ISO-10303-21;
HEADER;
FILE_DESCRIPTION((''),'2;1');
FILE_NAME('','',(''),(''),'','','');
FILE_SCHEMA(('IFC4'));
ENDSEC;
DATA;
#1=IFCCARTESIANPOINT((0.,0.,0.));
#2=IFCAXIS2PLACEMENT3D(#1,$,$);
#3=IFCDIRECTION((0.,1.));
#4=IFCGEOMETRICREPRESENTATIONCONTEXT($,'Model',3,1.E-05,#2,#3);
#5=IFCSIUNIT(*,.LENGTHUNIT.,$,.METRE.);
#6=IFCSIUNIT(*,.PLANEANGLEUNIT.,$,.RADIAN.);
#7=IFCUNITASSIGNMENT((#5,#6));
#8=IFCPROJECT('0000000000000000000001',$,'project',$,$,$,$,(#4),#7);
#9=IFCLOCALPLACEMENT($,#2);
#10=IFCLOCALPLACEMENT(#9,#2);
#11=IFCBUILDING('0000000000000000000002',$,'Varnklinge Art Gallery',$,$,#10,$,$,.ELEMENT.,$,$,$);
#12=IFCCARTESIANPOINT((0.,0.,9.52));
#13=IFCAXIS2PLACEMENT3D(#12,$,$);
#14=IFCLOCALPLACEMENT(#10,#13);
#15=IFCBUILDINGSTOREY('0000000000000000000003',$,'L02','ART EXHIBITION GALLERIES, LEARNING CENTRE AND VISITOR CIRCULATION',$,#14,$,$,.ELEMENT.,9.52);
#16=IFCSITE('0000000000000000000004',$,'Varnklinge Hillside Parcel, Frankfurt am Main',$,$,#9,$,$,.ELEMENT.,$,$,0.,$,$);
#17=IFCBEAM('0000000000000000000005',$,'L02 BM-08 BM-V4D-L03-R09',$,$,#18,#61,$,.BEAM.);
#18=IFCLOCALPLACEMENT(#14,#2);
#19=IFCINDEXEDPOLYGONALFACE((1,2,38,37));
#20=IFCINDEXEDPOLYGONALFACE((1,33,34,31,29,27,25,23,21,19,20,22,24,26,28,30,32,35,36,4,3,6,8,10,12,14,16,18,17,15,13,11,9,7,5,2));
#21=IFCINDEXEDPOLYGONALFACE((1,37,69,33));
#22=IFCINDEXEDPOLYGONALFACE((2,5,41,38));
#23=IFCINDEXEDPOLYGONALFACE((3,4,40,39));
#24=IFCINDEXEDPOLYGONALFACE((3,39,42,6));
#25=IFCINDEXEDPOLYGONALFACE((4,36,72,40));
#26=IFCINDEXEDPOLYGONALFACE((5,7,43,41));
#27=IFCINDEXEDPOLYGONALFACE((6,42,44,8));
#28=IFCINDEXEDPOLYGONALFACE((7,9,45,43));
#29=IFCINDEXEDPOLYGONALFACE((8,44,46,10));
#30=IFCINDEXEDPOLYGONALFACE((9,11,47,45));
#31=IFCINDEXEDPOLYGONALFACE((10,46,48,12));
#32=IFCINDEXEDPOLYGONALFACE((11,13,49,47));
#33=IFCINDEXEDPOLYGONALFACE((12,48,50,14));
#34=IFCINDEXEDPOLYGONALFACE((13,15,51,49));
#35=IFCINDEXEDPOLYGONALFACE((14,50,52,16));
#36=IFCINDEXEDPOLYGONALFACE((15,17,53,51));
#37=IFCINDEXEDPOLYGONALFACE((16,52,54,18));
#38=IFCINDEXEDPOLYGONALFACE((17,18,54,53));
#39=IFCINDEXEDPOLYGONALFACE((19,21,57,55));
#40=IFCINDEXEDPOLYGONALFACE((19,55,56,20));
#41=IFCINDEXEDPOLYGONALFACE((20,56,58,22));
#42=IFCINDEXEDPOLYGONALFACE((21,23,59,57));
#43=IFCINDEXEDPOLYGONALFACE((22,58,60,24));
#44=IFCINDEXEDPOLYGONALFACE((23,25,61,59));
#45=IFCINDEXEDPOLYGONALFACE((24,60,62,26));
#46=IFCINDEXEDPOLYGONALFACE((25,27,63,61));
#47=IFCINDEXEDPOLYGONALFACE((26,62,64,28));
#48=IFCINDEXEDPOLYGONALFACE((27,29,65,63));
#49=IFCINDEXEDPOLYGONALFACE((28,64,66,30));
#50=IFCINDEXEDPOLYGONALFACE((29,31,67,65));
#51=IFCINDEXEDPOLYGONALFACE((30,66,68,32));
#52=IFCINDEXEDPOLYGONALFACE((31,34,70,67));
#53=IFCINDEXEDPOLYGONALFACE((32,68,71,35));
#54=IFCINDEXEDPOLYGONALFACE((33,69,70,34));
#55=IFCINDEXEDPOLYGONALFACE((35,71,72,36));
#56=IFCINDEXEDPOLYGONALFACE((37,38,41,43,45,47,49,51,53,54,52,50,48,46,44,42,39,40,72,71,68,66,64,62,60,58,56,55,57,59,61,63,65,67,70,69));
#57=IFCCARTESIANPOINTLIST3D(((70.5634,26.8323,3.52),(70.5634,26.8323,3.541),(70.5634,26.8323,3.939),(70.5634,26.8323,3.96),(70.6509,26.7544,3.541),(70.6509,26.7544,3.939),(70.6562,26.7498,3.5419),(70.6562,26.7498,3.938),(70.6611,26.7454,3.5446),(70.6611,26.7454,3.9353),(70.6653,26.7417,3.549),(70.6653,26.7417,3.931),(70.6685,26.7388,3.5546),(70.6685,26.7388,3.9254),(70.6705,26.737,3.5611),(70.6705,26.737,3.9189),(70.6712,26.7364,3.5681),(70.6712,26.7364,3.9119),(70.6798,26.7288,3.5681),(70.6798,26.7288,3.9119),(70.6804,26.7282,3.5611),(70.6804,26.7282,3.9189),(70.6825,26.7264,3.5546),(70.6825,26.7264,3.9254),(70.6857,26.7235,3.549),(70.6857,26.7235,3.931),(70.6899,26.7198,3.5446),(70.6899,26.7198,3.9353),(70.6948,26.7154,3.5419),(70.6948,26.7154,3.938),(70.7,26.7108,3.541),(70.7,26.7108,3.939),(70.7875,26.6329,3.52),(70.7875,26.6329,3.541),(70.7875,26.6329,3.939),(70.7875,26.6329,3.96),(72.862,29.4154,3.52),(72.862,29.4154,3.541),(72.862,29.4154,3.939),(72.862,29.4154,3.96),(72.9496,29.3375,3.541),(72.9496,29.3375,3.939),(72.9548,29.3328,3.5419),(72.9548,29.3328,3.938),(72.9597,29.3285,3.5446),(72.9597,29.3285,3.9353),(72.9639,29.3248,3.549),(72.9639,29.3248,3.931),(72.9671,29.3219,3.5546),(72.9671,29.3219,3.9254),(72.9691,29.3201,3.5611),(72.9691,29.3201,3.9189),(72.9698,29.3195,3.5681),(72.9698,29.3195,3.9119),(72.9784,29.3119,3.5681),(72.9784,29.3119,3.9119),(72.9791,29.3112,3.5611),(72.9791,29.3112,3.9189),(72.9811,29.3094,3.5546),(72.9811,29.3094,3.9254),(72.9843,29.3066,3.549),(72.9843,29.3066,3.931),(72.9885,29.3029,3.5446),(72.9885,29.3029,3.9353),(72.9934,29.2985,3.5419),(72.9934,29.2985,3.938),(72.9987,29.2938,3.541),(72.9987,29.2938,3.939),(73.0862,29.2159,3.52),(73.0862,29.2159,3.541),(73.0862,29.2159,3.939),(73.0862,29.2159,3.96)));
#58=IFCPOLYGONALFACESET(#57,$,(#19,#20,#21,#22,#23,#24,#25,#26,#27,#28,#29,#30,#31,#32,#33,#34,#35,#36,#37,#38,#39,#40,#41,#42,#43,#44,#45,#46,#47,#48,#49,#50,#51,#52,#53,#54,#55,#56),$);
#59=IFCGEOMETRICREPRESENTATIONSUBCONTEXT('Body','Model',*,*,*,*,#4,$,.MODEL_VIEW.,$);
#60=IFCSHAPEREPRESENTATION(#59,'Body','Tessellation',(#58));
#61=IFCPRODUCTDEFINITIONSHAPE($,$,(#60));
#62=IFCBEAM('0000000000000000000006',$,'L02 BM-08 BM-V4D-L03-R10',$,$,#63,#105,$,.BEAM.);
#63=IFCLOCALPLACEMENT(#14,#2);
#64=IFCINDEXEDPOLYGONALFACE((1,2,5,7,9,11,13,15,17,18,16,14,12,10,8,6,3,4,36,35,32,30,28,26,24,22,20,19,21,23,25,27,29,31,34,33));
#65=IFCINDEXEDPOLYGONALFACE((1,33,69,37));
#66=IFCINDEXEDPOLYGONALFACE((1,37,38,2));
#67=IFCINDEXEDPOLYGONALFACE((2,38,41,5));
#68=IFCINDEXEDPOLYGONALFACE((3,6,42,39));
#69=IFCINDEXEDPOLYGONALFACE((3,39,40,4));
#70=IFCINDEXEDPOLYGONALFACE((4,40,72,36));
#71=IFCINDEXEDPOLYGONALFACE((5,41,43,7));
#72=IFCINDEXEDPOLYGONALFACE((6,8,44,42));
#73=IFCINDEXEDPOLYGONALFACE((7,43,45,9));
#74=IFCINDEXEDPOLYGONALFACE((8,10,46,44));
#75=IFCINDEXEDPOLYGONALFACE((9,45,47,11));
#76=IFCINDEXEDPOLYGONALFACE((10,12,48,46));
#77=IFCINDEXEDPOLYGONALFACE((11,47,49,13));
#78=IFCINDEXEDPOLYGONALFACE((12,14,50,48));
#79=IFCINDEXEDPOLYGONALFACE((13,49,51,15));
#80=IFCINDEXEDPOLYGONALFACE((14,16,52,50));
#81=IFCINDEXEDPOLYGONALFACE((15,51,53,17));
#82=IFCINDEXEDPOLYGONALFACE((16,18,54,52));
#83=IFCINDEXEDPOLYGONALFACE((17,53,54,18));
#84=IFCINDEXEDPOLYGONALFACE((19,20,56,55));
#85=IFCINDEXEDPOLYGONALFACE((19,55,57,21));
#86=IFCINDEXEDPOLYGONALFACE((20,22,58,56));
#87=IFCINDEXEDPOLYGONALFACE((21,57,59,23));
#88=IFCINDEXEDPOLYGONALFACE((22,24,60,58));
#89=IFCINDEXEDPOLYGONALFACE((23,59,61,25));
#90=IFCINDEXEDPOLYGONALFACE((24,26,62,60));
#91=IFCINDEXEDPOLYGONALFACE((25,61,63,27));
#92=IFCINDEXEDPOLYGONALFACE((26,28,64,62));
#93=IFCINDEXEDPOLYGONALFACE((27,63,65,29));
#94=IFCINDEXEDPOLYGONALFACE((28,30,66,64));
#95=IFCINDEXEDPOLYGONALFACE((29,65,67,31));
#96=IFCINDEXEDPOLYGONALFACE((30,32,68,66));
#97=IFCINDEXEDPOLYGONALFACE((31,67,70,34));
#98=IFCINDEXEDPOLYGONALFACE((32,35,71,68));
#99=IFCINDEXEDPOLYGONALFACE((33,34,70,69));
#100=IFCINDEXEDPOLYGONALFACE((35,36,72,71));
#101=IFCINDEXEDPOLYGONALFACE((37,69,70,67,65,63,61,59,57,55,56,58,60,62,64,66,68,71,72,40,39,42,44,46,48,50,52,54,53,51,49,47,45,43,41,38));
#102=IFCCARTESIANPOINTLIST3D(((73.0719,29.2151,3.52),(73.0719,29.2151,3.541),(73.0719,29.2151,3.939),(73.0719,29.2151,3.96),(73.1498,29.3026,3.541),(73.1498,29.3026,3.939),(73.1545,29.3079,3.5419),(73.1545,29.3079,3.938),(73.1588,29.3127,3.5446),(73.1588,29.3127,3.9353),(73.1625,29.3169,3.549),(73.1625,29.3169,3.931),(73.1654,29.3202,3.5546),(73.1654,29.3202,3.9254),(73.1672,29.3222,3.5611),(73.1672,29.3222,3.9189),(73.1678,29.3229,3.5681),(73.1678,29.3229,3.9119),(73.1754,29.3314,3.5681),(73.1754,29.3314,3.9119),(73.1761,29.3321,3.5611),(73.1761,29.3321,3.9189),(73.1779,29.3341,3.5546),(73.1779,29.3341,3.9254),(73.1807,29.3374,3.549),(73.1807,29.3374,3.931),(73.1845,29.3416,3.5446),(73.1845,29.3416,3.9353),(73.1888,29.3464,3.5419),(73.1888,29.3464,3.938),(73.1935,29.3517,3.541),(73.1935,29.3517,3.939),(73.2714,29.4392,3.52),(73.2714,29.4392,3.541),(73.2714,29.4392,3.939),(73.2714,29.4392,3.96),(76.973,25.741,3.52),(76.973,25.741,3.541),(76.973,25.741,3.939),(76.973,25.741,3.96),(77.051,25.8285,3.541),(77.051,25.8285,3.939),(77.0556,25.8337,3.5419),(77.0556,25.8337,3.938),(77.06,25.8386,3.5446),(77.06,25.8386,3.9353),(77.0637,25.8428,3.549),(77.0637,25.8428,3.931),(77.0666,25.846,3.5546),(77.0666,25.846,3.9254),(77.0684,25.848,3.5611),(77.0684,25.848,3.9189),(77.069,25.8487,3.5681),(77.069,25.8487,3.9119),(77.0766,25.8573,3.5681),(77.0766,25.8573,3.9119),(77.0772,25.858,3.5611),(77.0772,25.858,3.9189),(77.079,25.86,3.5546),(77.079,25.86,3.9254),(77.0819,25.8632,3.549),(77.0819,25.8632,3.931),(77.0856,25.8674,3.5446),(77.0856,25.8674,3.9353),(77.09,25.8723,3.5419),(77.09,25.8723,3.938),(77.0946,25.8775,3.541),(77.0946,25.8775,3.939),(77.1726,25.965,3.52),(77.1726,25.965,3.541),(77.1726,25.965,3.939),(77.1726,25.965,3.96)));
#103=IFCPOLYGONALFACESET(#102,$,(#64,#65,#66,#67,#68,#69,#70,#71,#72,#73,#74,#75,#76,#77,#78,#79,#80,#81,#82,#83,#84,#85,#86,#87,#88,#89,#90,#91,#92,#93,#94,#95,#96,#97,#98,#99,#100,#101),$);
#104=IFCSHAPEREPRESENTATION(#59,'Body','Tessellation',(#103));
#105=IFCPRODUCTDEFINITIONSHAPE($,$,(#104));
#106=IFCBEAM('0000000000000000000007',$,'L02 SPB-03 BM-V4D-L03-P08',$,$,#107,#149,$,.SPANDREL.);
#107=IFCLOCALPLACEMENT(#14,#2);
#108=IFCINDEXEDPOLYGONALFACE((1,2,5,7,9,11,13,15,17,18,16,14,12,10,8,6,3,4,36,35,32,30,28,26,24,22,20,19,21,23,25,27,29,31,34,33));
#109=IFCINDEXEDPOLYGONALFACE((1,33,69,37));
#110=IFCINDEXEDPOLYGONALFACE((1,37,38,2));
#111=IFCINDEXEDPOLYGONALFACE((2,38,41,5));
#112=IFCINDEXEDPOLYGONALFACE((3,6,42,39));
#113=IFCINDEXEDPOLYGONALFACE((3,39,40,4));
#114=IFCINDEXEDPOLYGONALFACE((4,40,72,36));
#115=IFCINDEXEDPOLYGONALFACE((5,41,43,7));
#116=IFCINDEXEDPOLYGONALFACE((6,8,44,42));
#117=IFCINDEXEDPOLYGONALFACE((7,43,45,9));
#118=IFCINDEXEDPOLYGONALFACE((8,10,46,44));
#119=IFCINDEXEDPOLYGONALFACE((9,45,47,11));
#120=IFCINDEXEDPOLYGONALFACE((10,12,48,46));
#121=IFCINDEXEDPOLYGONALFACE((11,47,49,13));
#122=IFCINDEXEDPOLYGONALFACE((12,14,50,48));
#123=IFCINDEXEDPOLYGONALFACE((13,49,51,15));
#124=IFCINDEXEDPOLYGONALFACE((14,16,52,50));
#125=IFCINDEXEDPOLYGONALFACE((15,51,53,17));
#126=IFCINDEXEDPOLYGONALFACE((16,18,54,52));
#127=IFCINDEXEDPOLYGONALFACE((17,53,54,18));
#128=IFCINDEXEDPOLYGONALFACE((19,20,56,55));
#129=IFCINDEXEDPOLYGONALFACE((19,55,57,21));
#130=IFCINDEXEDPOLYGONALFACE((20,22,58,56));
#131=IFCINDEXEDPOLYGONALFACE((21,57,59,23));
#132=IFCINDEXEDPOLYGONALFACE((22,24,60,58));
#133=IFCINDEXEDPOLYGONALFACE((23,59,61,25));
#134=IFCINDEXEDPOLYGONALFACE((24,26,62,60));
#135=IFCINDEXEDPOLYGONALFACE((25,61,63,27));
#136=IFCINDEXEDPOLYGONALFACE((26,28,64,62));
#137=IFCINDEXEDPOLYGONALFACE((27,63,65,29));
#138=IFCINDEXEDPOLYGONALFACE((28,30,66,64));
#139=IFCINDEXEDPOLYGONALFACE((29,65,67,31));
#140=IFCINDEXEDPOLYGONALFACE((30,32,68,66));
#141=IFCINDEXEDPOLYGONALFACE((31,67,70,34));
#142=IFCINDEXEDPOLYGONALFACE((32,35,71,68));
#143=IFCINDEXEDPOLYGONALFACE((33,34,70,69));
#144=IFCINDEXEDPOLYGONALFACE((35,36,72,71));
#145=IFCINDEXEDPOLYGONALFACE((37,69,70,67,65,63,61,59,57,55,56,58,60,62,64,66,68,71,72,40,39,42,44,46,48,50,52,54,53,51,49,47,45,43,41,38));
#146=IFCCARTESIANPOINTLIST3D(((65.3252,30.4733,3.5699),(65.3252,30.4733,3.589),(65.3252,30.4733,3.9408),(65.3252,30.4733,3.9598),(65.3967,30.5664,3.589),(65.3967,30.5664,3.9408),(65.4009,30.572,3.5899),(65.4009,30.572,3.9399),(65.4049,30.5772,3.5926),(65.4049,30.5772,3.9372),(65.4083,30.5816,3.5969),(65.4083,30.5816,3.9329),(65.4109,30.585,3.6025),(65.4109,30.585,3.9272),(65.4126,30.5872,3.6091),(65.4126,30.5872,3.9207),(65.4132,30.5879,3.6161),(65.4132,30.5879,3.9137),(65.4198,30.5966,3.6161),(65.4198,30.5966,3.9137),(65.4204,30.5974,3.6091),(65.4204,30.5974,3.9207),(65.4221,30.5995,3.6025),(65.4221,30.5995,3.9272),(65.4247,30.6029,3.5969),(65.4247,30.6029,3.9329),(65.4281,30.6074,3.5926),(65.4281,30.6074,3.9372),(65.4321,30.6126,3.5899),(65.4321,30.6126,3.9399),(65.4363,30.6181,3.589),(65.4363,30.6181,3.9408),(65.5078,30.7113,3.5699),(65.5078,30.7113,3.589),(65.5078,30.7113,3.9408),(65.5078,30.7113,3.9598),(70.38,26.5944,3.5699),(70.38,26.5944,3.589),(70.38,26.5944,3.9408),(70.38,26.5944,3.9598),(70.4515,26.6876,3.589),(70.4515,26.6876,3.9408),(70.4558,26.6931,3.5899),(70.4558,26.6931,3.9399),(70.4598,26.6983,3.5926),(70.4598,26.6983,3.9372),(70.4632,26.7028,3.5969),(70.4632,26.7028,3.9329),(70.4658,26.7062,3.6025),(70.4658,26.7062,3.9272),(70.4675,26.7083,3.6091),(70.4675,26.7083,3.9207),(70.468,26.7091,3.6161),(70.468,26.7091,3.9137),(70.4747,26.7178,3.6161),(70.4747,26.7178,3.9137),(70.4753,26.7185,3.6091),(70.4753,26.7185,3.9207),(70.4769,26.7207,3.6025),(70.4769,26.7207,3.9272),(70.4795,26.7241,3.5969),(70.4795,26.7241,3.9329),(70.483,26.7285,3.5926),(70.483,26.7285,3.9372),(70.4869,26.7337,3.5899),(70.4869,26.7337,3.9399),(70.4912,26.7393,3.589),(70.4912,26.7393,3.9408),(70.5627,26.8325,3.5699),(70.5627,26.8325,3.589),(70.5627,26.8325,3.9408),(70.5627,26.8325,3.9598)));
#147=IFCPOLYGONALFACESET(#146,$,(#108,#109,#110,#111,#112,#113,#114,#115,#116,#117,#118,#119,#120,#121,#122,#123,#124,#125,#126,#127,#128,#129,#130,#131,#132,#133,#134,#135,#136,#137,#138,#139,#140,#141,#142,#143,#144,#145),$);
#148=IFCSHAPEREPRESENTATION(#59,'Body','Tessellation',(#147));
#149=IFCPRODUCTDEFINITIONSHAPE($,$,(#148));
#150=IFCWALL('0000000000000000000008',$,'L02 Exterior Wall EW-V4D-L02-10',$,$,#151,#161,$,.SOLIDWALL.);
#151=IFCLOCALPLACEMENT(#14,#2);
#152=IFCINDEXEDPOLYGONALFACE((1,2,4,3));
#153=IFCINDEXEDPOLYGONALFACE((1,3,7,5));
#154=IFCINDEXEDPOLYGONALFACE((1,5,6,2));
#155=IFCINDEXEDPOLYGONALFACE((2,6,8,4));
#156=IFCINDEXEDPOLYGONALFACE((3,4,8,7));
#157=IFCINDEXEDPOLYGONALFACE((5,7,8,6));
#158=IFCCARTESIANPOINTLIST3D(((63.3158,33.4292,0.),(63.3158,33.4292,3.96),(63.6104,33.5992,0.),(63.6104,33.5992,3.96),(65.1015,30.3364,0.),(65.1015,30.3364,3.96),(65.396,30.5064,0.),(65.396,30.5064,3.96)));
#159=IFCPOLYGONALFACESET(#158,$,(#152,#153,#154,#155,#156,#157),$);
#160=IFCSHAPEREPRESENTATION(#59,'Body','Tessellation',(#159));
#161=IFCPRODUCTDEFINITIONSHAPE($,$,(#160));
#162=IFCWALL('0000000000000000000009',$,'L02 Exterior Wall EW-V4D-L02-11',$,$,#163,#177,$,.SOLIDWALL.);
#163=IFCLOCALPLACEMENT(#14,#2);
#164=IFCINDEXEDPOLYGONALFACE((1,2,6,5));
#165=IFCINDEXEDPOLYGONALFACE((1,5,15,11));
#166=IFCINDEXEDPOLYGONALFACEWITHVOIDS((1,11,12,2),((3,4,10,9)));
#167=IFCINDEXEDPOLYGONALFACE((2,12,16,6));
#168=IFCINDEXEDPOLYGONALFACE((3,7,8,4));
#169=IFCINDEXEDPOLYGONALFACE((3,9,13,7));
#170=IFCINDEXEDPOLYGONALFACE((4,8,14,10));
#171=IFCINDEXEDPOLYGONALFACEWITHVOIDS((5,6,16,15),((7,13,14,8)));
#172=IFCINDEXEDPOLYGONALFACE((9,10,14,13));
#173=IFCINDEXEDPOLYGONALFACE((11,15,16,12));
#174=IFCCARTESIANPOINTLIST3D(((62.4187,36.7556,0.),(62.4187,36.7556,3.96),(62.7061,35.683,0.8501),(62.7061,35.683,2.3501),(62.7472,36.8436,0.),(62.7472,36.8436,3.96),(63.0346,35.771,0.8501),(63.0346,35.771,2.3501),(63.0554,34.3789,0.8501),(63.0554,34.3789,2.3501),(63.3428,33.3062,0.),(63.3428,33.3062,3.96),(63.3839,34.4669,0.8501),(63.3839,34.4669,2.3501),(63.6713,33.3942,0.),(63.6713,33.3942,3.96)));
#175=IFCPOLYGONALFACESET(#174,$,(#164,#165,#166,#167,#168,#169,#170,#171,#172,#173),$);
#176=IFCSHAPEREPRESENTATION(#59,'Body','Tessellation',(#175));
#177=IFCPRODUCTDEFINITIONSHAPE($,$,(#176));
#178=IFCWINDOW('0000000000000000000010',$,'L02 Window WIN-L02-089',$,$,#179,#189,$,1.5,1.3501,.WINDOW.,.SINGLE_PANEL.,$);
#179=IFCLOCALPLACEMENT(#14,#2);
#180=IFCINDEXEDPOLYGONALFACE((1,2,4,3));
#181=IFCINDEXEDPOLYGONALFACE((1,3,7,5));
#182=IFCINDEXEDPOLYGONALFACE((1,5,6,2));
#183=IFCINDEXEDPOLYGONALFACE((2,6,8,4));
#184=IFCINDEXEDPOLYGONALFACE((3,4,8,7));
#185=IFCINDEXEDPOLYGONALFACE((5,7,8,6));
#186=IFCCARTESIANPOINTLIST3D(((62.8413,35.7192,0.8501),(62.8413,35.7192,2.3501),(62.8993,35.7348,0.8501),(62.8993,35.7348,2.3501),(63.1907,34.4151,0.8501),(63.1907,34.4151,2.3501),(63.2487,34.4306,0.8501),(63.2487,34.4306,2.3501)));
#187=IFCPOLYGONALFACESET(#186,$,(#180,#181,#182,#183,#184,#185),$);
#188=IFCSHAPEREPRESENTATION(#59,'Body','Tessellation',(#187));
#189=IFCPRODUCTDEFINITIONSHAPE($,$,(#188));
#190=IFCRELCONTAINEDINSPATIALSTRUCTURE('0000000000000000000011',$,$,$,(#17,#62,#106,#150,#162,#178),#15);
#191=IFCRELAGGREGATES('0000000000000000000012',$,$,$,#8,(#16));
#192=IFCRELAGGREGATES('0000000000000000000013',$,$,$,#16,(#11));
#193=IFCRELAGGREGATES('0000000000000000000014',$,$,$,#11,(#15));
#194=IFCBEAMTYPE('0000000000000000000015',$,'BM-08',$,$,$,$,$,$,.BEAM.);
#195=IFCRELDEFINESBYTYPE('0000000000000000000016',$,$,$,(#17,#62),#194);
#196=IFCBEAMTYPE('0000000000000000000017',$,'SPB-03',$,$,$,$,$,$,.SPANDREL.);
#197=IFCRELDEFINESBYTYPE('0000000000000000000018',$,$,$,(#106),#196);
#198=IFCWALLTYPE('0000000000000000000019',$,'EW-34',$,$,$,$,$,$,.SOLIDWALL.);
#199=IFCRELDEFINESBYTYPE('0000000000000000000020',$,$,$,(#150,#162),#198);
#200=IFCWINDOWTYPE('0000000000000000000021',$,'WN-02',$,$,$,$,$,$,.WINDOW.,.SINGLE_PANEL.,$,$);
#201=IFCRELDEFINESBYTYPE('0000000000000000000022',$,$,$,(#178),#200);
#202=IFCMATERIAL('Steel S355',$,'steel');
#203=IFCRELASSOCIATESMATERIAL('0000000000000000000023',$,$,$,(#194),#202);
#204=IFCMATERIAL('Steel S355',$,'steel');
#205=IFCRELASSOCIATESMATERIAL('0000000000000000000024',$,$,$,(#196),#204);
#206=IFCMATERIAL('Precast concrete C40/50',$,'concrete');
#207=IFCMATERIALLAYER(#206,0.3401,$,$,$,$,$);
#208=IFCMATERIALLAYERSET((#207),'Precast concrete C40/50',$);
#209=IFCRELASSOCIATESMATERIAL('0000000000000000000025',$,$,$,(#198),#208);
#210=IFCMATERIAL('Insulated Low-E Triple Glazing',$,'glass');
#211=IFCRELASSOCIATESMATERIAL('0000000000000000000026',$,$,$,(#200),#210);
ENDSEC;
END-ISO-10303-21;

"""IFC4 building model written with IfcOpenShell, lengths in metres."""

from ifc_helpers import new_model, si_unit, direction, frame, frame_2d, origin, origin_2d, place, context, subcontext, project, spatial, rectangle, i_section, extrude, material, layer, layer_set, material_profile, profile_set, type_object, element, fill, save


model = new_model("IFC4")

# Units and contexts
model_context = context("Model", 3, precision=1e-05, world=origin(), true_north=direction((0.0, 1.0)))
body_context = subcontext(model_context, "Body", "Model", "MODEL_VIEW")
ifc_project = project(units=[si_unit("LENGTHUNIT", "METRE"), si_unit("PLANEANGLEUNIT", "RADIAN")], contexts=[model_context])

# Site, building, storey
site_placement = place(None, origin())
site = spatial("IfcSite", under=ifc_project, at=site_placement, Name="Varnklinge Hillside Parcel, Frankfurt am Main", CompositionType="ELEMENT", RefElevation=0.0)
building_placement = place(site_placement, origin())
building = spatial("IfcBuilding", under=site, at=building_placement, Name="Varnklinge Art Gallery", CompositionType="ELEMENT")
storey_placement = place(building_placement, frame((0.0, 0.0, 9.52)))
storey = spatial("IfcBuildingStorey", under=building, at=storey_placement, Name="L02", Description="ART EXHIBITION GALLERIES, LEARNING CENTRE AND VISITOR CIRCULATION", CompositionType="ELEMENT", Elevation=9.52)

# Beams
ifc_material_1 = material(Name="Steel S355", Category="steel")
ifc_material_profile_1 = material_profile(ifc_material_1, i_section(OverallWidth=0.3, OverallDepth=0.4399, WebThickness=0.0115, FlangeThickness=0.021, FilletRadius=0.0271, at=origin_2d()), Name="HEA 450")
ifc_profile_set_1 = profile_set([ifc_material_profile_1], Name="Steel S355")
beam_type_1 = type_object("IfcBeamType", Name="BM-08", PredefinedType="BEAM", material=ifc_profile_set_1)
beam_1_placement = place(storey_placement, frame((72.9741, 29.3157, 3.74), z_axis=(-0.66478, -0.747039, 0.0), x_axis=(0.747039, -0.66478, 0.0)))
element("IfcBeam", 1, at=beam_1_placement, inside=storey, type_object=beam_type_1, Name="L02 BM-08 BM-V4D-L03-R09", PredefinedType="BEAM", context=body_context, shape_type="SweptSolid", body=[
    extrude(i_section(OverallWidth=0.3, OverallDepth=0.4399, WebThickness=0.0115, FlangeThickness=0.021, FilletRadius=0.0271, at=origin_2d()), origin(), (0.0, 0.0, 1.0), 3.4578),
])
beam_2_placement = place(storey_placement, frame((73.1716, 29.3271, 3.74), z_axis=(0.746795, -0.665054, 0.0), x_axis=(0.665054, 0.746795, 0.0)))
element("IfcBeam", 2, at=beam_2_placement, inside=storey, type_object=beam_type_1, Name="L02 BM-08 BM-V4D-L03-R10", PredefinedType="BEAM", context=body_context, shape_type="SweptSolid", body=[
    extrude(i_section(OverallWidth=0.3, OverallDepth=0.4399, WebThickness=0.0115, FlangeThickness=0.021, FilletRadius=0.0271, at=origin_2d()), origin(), (0.0, 0.0, 1.0), 5.2239),
])
ifc_material_2 = material(Name="Steel S355", Category="steel")
ifc_material_profile_2 = material_profile(ifc_material_2, i_section(OverallWidth=0.3, OverallDepth=0.3899, WebThickness=0.011, FlangeThickness=0.019, FilletRadius=0.0271, at=origin_2d()), Name="HEA 400")
ifc_profile_set_2 = profile_set([ifc_material_profile_2], Name="Steel S355")
beam_type_2 = type_object("IfcBeamType", Name="SPB-03", PredefinedType="SPANDREL", material=ifc_profile_set_2)
beam_3_placement = place(storey_placement, frame((65.4165, 30.5923, 3.7649), z_axis=(0.793344, -0.608773, 0.0), x_axis=(0.608773, 0.793344, 0.0)))
element("IfcBeam", 3, at=beam_3_placement, inside=storey, type_object=beam_type_2, Name="L02 SPB-03 BM-V4D-L03-P08", PredefinedType="SPANDREL", context=body_context, shape_type="SweptSolid", body=[
    extrude(i_section(OverallWidth=0.3, OverallDepth=0.3899, WebThickness=0.011, FlangeThickness=0.019, FilletRadius=0.0271, at=origin_2d()), origin(), (0.0, 0.0, 1.0), 6.3716),
])

# Wall
ifc_material_3 = material(Name="Precast concrete C40/50", Category="concrete")
ifc_layer_1 = layer(ifc_material_3, 0.3401)
ifc_layer_set_1 = layer_set([ifc_layer_1], Name="Precast concrete C40/50")
wall_type_1 = type_object("IfcWallType", Name="EW-34", PredefinedType="SOLIDWALL", material=ifc_layer_set_1)
wall_1_placement = place(storey_placement, frame((65.2488, 30.4214, 0.0), z_axis=(0.0, 0.0, 1.0), x_axis=(-0.500007, 0.866022, 0.0)))
element("IfcWall", 4, at=wall_1_placement, inside=storey, type_object=wall_type_1, Name="L02 Exterior Wall EW-V4D-L02-10", PredefinedType="SOLIDWALL", context=body_context, shape_type="SweptSolid", body=[
    extrude(rectangle(XDim=3.5713, YDim=0.3401, at=frame_2d((1.7856, 0.0))), origin(), (0.0, 0.0, 1.0), 3.96),
])

# Wall, opening, window
wall_2_placement = place(storey_placement, frame((63.5071, 33.3501, 0.0), z_axis=(0.0, 0.0, 1.0), x_axis=(-0.258765, 0.96594, 0.0)))
wall_2 = element("IfcWall", 5, at=wall_2_placement, inside=storey, type_object=wall_type_1, Name="L02 Exterior Wall EW-V4D-L02-11", PredefinedType="SOLIDWALL", context=body_context, shape_type="SweptSolid", body=[
    extrude(rectangle(XDim=3.571, YDim=0.3401, at=frame_2d((1.7856, 0.0))), origin(), (0.0, 0.0, 1.0), 3.96),
])
opening_1_placement = place(wall_2_placement, frame((1.1106, 0.0, 0.8501)))
opening_1 = element("IfcOpeningElement", 6, at=opening_1_placement, cuts=wall_2, PredefinedType="OPENING", context=body_context, shape_type="SweptSolid", body=[
    extrude(rectangle(XDim=1.3501, YDim=1.5, at=frame_2d((0.675, 0.75))), frame((0.0, 0.1799, 0.0), z_axis=(0.0, -1.0, 0.0), x_axis=(1.0, 0.0, 0.0)), (0.0, 0.0, 1.0), 0.3601),
])
ifc_material_4 = material(Name="Insulated Low-E Triple Glazing", Category="glass")
window_type = type_object("IfcWindowType", Name="WN-02", PartitioningType="SINGLE_PANEL", PredefinedType="WINDOW", material=ifc_material_4)
window_placement = place(opening_1_placement, origin())
window = element("IfcWindow", 7, at=window_placement, inside=storey, type_object=window_type, Name="L02 Window WIN-L02-089", OverallHeight=1.5, OverallWidth=1.3501, PartitioningType="SINGLE_PANEL", PredefinedType="WINDOW", context=body_context, shape_type="SweptSolid", body=[
    extrude(rectangle(XDim=1.3501, YDim=1.5, at=frame_2d((0.675, 0.75))), frame((0.0, 0.03, 0.0), z_axis=(0.0, -1.0, 0.0), x_axis=(1.0, 0.0, 0.0)), (0.0, 0.0, 1.0), 0.0601),
])
fill(opening_1, window)

save(model, "model.ifc")
